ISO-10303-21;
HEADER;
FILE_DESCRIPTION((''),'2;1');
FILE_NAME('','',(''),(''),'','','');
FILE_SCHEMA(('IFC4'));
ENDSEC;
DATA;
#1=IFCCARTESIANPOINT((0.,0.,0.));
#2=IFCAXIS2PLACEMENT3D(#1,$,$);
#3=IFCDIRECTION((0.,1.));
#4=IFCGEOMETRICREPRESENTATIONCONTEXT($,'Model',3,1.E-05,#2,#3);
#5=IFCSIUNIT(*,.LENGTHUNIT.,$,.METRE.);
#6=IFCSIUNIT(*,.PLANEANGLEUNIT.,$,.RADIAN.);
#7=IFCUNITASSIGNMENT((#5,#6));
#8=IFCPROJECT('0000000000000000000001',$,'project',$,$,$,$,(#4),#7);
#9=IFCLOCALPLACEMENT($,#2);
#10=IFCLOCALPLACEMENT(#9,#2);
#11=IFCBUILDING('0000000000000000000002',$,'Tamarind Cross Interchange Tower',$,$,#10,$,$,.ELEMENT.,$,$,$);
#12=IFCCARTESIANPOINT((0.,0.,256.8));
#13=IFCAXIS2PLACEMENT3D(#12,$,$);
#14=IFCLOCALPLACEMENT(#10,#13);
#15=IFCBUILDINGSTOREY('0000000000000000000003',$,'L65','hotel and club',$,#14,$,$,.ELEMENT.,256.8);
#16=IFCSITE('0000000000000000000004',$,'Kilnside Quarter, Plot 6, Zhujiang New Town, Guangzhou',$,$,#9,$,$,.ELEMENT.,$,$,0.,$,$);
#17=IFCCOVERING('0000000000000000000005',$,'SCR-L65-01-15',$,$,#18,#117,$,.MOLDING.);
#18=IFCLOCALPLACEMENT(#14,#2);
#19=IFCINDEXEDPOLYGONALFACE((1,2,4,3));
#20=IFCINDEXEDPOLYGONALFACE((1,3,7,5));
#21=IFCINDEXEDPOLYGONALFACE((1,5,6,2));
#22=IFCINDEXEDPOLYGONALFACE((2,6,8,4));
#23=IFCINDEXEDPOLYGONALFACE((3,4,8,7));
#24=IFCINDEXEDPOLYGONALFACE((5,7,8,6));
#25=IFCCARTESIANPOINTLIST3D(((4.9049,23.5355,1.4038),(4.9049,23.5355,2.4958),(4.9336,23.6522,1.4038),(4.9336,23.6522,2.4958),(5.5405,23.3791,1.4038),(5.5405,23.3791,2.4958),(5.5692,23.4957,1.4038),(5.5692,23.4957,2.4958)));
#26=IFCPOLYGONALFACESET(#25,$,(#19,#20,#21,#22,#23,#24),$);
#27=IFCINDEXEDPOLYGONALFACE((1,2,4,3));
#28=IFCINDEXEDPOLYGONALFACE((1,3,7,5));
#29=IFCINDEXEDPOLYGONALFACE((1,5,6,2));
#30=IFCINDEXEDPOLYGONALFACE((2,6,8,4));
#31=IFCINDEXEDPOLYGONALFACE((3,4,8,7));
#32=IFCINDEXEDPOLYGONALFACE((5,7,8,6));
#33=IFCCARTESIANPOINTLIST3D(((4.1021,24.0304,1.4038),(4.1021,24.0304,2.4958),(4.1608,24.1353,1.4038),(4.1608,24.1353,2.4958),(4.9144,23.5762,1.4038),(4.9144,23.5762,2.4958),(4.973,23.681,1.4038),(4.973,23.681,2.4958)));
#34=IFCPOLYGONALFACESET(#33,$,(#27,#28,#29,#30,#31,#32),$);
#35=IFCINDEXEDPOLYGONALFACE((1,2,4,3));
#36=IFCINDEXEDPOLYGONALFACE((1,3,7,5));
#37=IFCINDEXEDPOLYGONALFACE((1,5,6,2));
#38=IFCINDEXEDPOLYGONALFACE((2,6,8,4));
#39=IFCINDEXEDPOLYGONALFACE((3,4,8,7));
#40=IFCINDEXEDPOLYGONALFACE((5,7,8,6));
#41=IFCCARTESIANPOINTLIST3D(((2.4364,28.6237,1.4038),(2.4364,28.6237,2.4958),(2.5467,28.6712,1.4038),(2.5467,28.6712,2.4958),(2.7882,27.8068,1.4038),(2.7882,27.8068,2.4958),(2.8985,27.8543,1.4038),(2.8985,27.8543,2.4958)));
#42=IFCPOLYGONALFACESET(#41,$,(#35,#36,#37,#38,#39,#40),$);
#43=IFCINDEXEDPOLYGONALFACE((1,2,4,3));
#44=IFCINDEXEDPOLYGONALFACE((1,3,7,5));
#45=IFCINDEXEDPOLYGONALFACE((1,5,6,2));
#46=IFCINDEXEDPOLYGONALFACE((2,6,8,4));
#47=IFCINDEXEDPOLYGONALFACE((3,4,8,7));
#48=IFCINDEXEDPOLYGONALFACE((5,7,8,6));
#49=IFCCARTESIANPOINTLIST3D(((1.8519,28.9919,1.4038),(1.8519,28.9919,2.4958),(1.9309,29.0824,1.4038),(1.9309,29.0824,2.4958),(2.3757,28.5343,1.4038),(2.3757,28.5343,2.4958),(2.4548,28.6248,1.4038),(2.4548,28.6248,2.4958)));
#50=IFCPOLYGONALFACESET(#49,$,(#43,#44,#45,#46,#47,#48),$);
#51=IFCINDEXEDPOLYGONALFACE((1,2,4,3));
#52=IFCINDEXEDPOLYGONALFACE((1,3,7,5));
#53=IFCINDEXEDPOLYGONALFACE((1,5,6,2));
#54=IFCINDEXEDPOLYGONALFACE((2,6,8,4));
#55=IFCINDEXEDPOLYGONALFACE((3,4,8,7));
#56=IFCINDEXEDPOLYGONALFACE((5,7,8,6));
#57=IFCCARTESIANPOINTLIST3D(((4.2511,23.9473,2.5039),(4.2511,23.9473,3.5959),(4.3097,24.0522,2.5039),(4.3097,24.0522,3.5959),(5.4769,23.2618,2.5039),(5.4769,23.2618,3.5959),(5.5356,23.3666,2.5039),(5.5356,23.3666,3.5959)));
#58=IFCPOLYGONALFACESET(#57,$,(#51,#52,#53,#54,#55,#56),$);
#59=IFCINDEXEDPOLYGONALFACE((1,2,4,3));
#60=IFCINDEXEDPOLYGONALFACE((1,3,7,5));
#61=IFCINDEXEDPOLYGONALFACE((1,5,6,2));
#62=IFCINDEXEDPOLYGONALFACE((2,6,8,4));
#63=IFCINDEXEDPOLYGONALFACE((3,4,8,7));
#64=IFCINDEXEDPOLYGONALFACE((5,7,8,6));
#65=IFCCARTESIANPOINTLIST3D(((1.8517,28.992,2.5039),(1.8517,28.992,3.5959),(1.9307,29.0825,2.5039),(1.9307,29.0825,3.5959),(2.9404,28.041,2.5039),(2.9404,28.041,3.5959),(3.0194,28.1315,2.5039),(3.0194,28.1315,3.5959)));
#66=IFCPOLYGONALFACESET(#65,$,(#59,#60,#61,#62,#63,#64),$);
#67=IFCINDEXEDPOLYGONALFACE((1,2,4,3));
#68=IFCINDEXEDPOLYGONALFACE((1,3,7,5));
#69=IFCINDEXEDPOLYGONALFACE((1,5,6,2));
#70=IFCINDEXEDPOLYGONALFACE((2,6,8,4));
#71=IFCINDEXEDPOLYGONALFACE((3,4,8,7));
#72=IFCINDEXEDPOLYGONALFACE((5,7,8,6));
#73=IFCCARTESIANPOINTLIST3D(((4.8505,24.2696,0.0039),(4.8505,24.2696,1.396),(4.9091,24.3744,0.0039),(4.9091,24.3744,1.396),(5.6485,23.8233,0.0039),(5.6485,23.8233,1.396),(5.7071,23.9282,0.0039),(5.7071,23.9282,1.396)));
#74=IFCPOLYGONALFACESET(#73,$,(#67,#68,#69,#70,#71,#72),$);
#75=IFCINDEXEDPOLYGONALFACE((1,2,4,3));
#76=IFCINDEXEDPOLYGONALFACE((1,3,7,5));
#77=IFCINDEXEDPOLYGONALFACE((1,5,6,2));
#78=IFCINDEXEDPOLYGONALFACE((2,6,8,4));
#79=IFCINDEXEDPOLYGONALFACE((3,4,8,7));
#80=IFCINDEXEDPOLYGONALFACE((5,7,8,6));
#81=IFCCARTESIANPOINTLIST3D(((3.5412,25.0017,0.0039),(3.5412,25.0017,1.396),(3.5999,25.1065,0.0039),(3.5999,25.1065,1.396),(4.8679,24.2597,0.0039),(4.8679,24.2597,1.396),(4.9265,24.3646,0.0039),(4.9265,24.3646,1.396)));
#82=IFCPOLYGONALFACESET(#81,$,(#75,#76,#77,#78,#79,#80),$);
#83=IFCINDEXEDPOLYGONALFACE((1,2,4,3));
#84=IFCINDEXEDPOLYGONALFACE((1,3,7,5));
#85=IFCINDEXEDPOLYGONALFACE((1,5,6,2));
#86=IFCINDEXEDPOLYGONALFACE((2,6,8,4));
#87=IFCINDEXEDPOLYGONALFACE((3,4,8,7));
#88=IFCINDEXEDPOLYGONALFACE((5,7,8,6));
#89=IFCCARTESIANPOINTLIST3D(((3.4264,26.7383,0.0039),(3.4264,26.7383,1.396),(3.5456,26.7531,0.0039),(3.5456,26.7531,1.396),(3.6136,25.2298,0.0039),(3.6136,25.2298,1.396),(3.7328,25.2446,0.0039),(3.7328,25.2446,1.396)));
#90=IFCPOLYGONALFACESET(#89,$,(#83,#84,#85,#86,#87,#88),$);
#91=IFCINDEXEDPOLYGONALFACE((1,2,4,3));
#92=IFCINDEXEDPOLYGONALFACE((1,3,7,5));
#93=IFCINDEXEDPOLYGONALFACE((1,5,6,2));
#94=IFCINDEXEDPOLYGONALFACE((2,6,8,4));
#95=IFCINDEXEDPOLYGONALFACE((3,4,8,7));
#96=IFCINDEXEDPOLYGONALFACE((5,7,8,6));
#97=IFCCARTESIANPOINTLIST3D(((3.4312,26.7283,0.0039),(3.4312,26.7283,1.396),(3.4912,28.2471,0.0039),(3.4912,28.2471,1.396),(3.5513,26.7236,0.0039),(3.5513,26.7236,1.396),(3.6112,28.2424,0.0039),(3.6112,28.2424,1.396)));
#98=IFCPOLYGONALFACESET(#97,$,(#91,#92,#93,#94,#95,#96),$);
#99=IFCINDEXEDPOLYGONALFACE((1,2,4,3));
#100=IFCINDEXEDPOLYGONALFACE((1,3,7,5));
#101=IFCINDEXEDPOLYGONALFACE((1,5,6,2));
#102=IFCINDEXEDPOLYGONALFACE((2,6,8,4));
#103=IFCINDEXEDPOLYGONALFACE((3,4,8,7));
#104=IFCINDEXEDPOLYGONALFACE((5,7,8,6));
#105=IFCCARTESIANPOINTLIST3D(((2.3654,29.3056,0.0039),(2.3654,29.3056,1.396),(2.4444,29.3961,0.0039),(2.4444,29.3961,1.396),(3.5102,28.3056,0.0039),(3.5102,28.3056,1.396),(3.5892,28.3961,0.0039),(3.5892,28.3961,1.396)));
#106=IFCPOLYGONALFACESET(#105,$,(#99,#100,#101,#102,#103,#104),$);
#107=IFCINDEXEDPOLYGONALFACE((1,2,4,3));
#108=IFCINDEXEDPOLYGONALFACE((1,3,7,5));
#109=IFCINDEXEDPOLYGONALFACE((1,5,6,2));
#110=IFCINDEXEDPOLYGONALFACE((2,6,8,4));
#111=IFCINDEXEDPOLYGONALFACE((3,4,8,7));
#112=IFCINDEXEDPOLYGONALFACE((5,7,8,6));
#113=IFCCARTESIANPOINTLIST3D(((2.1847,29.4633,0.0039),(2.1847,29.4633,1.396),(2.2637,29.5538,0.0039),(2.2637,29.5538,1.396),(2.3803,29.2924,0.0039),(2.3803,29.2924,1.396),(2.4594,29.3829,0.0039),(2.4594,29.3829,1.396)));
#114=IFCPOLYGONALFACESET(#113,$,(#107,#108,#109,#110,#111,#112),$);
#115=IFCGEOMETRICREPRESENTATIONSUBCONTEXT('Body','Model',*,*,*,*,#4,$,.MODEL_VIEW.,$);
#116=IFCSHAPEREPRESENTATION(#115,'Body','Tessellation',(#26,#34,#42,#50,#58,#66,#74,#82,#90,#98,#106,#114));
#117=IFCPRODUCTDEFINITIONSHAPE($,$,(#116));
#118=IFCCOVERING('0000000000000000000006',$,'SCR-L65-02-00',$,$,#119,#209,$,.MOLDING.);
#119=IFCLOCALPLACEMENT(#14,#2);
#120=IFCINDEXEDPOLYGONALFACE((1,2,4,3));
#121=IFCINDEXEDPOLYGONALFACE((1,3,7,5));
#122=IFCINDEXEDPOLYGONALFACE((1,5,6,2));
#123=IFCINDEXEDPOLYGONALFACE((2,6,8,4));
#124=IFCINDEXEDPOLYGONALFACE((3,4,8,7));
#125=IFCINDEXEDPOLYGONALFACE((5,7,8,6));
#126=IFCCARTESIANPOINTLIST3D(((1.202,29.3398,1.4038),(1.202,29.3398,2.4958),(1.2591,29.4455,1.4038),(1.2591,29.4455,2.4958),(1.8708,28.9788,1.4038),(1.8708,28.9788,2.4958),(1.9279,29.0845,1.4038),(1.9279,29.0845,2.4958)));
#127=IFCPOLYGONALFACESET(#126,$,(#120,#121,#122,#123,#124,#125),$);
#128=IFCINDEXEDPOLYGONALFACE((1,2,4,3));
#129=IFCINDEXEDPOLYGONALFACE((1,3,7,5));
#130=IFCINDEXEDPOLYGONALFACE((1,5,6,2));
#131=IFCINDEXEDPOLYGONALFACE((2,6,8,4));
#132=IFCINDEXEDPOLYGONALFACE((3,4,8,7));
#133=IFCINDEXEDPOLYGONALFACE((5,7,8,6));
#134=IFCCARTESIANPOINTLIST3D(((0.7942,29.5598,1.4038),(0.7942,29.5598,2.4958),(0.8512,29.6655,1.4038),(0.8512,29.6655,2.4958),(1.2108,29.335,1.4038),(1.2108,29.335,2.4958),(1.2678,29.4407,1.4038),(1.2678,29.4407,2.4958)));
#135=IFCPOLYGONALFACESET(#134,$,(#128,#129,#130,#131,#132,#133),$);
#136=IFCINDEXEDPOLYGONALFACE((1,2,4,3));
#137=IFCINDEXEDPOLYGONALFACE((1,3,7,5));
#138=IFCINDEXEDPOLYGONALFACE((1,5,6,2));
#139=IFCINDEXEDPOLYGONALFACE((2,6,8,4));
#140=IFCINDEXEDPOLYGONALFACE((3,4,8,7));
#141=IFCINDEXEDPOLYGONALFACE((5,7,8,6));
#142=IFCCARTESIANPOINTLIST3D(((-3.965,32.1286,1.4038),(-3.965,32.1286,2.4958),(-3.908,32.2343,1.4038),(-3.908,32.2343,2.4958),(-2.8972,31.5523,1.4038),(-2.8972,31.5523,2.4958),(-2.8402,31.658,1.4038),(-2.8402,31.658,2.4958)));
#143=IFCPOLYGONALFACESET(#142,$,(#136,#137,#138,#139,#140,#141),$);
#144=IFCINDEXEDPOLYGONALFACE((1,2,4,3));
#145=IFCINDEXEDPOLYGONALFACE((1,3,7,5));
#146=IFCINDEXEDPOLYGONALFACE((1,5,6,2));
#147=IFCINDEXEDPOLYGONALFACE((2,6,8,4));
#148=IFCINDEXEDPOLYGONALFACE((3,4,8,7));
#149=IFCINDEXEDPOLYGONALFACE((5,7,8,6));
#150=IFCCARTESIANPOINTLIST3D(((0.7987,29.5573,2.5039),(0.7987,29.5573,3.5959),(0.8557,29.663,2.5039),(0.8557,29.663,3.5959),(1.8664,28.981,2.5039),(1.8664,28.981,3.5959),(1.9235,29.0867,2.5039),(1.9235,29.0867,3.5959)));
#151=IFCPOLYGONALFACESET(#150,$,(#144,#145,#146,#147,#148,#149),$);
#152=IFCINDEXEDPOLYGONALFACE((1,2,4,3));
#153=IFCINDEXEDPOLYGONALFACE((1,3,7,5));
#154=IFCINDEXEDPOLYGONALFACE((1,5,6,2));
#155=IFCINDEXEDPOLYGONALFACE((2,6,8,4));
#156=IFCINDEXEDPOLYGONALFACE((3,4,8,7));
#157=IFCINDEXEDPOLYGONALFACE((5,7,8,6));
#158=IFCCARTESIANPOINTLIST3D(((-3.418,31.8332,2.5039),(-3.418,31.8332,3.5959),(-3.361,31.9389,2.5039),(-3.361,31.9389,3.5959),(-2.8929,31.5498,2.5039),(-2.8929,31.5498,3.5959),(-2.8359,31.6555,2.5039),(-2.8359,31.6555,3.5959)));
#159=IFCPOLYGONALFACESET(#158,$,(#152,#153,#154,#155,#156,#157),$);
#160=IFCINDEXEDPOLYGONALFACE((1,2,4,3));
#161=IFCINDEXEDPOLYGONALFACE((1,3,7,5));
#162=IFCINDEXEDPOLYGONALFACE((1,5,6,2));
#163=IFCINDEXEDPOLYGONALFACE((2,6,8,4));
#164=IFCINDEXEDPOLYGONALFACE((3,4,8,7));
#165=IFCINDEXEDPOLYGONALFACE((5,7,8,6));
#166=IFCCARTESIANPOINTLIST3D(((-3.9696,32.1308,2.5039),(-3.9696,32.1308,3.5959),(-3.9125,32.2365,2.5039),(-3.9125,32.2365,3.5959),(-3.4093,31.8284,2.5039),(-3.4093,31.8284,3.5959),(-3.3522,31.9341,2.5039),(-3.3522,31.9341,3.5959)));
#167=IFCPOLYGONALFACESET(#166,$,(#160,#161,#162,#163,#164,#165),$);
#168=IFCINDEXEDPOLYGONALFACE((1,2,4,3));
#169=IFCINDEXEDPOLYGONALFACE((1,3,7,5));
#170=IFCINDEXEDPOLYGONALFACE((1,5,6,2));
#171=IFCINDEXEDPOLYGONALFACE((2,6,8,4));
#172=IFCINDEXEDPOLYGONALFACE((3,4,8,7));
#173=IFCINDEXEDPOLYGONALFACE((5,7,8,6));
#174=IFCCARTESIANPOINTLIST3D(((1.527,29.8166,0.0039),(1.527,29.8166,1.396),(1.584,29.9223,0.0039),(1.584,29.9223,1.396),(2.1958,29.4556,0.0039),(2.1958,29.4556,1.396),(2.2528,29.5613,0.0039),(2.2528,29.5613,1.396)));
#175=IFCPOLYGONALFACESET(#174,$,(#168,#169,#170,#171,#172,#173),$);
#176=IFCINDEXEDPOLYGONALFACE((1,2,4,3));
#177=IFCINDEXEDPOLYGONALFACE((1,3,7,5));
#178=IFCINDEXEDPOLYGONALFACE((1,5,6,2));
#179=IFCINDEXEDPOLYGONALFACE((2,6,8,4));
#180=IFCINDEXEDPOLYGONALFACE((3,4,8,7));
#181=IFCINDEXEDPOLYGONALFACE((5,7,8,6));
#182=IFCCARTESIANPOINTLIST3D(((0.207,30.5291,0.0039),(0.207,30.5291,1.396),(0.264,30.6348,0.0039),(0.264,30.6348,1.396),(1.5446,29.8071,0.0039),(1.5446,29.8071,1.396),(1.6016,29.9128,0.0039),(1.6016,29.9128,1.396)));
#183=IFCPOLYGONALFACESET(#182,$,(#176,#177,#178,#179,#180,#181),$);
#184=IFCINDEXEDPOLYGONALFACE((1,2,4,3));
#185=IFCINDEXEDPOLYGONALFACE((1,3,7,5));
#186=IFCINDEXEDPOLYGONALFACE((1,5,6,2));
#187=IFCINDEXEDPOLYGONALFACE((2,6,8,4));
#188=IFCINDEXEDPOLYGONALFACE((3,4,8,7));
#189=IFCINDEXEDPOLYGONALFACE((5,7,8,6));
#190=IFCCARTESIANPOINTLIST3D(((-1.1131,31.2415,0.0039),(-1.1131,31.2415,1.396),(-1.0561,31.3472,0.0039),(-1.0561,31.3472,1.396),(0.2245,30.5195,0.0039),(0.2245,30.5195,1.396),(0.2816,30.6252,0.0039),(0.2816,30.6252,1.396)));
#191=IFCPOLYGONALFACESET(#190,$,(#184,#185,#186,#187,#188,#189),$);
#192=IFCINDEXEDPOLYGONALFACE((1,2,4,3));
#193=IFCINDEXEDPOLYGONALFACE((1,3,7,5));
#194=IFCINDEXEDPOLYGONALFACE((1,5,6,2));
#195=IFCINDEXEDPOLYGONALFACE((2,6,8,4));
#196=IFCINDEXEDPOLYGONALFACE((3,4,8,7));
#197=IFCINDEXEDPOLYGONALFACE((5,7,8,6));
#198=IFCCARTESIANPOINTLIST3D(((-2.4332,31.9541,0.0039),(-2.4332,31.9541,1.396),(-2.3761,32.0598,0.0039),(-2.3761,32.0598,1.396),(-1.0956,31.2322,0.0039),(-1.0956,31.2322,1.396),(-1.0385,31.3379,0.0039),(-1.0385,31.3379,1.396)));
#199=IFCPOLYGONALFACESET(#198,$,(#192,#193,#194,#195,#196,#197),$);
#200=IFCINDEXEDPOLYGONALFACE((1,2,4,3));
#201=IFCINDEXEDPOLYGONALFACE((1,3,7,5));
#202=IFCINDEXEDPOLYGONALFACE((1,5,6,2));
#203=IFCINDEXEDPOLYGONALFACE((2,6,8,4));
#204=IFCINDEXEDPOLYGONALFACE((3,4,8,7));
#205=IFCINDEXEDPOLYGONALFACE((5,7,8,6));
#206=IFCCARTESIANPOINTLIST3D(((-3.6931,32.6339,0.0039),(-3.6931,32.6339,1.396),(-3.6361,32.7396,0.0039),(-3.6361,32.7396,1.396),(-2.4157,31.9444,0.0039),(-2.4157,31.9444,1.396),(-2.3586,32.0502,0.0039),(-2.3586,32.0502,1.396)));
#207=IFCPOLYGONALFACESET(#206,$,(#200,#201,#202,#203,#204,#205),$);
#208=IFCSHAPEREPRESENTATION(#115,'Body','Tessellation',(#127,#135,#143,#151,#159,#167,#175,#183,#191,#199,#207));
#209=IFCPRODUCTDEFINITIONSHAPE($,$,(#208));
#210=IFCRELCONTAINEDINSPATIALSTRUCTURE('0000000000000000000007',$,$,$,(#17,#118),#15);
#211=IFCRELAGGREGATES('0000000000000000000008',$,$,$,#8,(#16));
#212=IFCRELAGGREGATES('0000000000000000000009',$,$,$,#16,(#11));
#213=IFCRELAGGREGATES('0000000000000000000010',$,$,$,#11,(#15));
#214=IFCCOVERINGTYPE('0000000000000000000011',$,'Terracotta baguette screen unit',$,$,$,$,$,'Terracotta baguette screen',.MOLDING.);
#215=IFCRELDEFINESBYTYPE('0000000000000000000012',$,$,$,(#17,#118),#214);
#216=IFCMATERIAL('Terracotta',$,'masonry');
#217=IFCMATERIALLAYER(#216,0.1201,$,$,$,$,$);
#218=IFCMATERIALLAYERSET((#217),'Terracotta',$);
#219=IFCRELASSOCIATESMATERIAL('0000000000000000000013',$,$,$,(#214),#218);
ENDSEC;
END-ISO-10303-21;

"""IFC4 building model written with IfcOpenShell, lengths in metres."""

from ifc_helpers import new_model, si_unit, direction, frame, origin, origin_2d, place, context, subcontext, project, spatial, rectangle, extrude, material, layer, layer_set, type_object, element, save


model = new_model("IFC4")

# Units and contexts
model_context = context("Model", 3, precision=1e-05, world=origin(), true_north=direction((0.0, 1.0)))
body_context = subcontext(model_context, "Body", "Model", "MODEL_VIEW")
ifc_project = project(units=[si_unit("LENGTHUNIT", "METRE"), si_unit("PLANEANGLEUNIT", "RADIAN")], contexts=[model_context])

# Site, building, storey
site_placement = place(None, origin())
site = spatial("IfcSite", under=ifc_project, at=site_placement, Name="Kilnside Quarter, Plot 6, Zhujiang New Town, Guangzhou", CompositionType="ELEMENT", RefElevation=0.0)
building_placement = place(site_placement, origin())
building = spatial("IfcBuilding", under=site, at=building_placement, Name="Tamarind Cross Interchange Tower", CompositionType="ELEMENT")
storey_placement = place(building_placement, frame((0.0, 0.0, 256.8)))
storey = spatial("IfcBuildingStorey", under=building, at=storey_placement, Name="L65", Description="hotel and club", CompositionType="ELEMENT", Elevation=256.8)

# Coverings
ifc_material_1 = material(Name="Terracotta", Category="masonry")
ifc_layer_1 = layer(ifc_material_1, 0.1201)
ifc_layer_set_1 = layer_set([ifc_layer_1], Name="Terracotta")
covering_type = type_object("IfcCoveringType", Name="Terracotta baguette screen unit", ElementType="Terracotta baguette screen", PredefinedType="MOLDING", material=ifc_layer_set_1)
covering_1_placement = place(storey_placement, origin())
element("IfcCovering", 1, at=covering_1_placement, inside=storey, type_object=covering_type, Name="SCR-L65-01-15", PredefinedType="MOLDING", context=body_context, shape_type="SweptSolid", body=[
    extrude(rectangle(XDim=0.6545, YDim=0.1201, at=origin_2d()), frame((5.2371, 23.5156, 1.4038), z_axis=(0.0, 0.0, 1.0), x_axis=(-0.971012, 0.239029, 0.0)), (0.0, 0.0, 1.0), 1.092),
    extrude(rectangle(XDim=0.9307, YDim=0.1201, at=origin_2d()), frame((4.5376, 23.8557, 1.4038), z_axis=(0.0, 0.0, 1.0), x_axis=(-0.872784, 0.488107, 0.0)), (0.0, 0.0, 1.0), 1.092),
    extrude(rectangle(XDim=0.8894, YDim=0.1201, at=origin_2d()), frame((2.6675, 28.239, 1.4038), z_axis=(0.0, 0.0, 1.0), x_axis=(-0.395551, 0.918444, 0.0)), (0.0, 0.0, 1.0), 1.092),
    extrude(rectangle(XDim=0.6956, YDim=0.1201, at=origin_2d()), frame((2.1533, 28.8083, 1.4038), z_axis=(0.0, 0.0, 1.0), x_axis=(-0.75313, 0.657872, 0.0)), (0.0, 0.0, 1.0), 1.092),
    extrude(rectangle(XDim=1.4045, YDim=0.1201, at=origin_2d()), frame((4.8933, 23.657, 2.5039), z_axis=(0.0, 0.0, 1.0), x_axis=(-0.872784, 0.488107, 0.0)), (0.0, 0.0, 1.0), 1.092),
    extrude(rectangle(XDim=1.4456, YDim=0.1201, at=origin_2d()), frame((2.4355, 28.5618, 2.5039), z_axis=(0.0, 0.0, 1.0), x_axis=(-0.75313, 0.657872, 0.0)), (0.0, 0.0, 1.0), 1.092),
    extrude(rectangle(XDim=0.9143, YDim=0.1201, at=origin_2d()), frame((5.2788, 24.0989, 0.0039), z_axis=(0.0, 0.0, 1.0), x_axis=(-0.872784, 0.488107, 0.0)), (0.0, 0.0, 1.0), 1.3921),
    extrude(rectangle(XDim=1.52, YDim=0.1201, at=origin_2d()), frame((4.2339, 24.6831, 0.0039), z_axis=(0.0, 0.0, 1.0), x_axis=(-0.872784, 0.488107, 0.0)), (0.0, 0.0, 1.0), 1.3921),
    extrude(rectangle(XDim=1.52, YDim=0.1201, at=origin_2d()), frame((3.5796, 25.9915, 0.0039), z_axis=(0.0, 0.0, 1.0), x_axis=(-0.123126, 0.992391, 0.0)), (0.0, 0.0, 1.0), 1.3921),
    extrude(rectangle(XDim=1.52, YDim=0.1201, at=origin_2d()), frame((3.5212, 27.4854, 0.0039), z_axis=(0.0, 0.0, 1.0), x_axis=(0.039461, 0.999221, 0.0)), (0.0, 0.0, 1.0), 1.3921),
    extrude(rectangle(XDim=1.52, YDim=0.1201, at=origin_2d()), frame((2.9773, 28.8508, 0.0039), z_axis=(0.0, 0.0, 1.0), x_axis=(-0.75313, 0.657872, 0.0)), (0.0, 0.0, 1.0), 1.3921),
    extrude(rectangle(XDim=0.2598, YDim=0.1201, at=origin_2d()), frame((2.322, 29.4231, 0.0039), z_axis=(0.0, 0.0, 1.0), x_axis=(-0.75313, 0.657872, 0.0)), (0.0, 0.0, 1.0), 1.3921),
])
covering_2_placement = place(storey_placement, origin())
element("IfcCovering", 2, at=covering_2_placement, inside=storey, type_object=covering_type, Name="SCR-L65-02-00", PredefinedType="MOLDING", context=body_context, shape_type="SweptSolid", body=[
    extrude(rectangle(XDim=0.76, YDim=0.1201, at=origin_2d()), frame((1.5649, 29.2122, 1.4038), z_axis=(0.0, 0.0, 1.0), x_axis=(-0.880007, 0.474961, 0.0)), (0.0, 0.0, 1.0), 1.092),
    extrude(rectangle(XDim=0.4734, YDim=0.1201, at=origin_2d()), frame((1.031, 29.5002, 1.4038), z_axis=(0.0, 0.0, 1.0), x_axis=(-0.880007, 0.474961, 0.0)), (0.0, 0.0, 1.0), 1.092),
    extrude(rectangle(XDim=1.2134, YDim=0.1201, at=origin_2d()), frame((-3.4026, 31.8933, 1.4038), z_axis=(0.0, 0.0, 1.0), x_axis=(-0.880007, 0.474961, 0.0)), (0.0, 0.0, 1.0), 1.092),
    extrude(rectangle(XDim=1.2134, YDim=0.1201, at=origin_2d()), frame((1.3611, 29.322, 2.5039), z_axis=(0.0, 0.0, 1.0), x_axis=(-0.880007, 0.474961, 0.0)), (0.0, 0.0, 1.0), 1.092),
    extrude(rectangle(XDim=0.5967, YDim=0.1201, at=origin_2d()), frame((-3.127, 31.7444, 2.5039), z_axis=(0.0, 0.0, 1.0), x_axis=(-0.880007, 0.474961, 0.0)), (0.0, 0.0, 1.0), 1.092),
    extrude(rectangle(XDim=0.6367, YDim=0.1201, at=origin_2d()), frame((-3.6609, 32.0325, 2.5039), z_axis=(0.0, 0.0, 1.0), x_axis=(-0.880007, 0.474961, 0.0)), (0.0, 0.0, 1.0), 1.092),
    extrude(rectangle(XDim=0.76, YDim=0.1201, at=origin_2d()), frame((1.8899, 29.689, 0.0039), z_axis=(0.0, 0.0, 1.0), x_axis=(-0.880007, 0.474961, 0.0)), (0.0, 0.0, 1.0), 1.3921),
    extrude(rectangle(XDim=1.52, YDim=0.1201, at=origin_2d()), frame((0.9043, 30.2209, 0.0039), z_axis=(0.0, 0.0, 1.0), x_axis=(-0.880007, 0.474961, 0.0)), (0.0, 0.0, 1.0), 1.3921),
    extrude(rectangle(XDim=1.52, YDim=0.1201, at=origin_2d()), frame((-0.4158, 30.9333, 0.0039), z_axis=(0.0, 0.0, 1.0), x_axis=(-0.880007, 0.474961, 0.0)), (0.0, 0.0, 1.0), 1.3921),
    extrude(rectangle(XDim=1.52, YDim=0.1201, at=origin_2d()), frame((-1.7358, 31.646, 0.0039), z_axis=(0.0, 0.0, 1.0), x_axis=(-0.880007, 0.474961, 0.0)), (0.0, 0.0, 1.0), 1.3921),
    extrude(rectangle(XDim=1.4517, YDim=0.1201, at=origin_2d()), frame((-3.0259, 32.342, 0.0039), z_axis=(0.0, 0.0, 1.0), x_axis=(-0.880007, 0.474961, 0.0)), (0.0, 0.0, 1.0), 1.3921),
])

save(model, "model.ifc")
